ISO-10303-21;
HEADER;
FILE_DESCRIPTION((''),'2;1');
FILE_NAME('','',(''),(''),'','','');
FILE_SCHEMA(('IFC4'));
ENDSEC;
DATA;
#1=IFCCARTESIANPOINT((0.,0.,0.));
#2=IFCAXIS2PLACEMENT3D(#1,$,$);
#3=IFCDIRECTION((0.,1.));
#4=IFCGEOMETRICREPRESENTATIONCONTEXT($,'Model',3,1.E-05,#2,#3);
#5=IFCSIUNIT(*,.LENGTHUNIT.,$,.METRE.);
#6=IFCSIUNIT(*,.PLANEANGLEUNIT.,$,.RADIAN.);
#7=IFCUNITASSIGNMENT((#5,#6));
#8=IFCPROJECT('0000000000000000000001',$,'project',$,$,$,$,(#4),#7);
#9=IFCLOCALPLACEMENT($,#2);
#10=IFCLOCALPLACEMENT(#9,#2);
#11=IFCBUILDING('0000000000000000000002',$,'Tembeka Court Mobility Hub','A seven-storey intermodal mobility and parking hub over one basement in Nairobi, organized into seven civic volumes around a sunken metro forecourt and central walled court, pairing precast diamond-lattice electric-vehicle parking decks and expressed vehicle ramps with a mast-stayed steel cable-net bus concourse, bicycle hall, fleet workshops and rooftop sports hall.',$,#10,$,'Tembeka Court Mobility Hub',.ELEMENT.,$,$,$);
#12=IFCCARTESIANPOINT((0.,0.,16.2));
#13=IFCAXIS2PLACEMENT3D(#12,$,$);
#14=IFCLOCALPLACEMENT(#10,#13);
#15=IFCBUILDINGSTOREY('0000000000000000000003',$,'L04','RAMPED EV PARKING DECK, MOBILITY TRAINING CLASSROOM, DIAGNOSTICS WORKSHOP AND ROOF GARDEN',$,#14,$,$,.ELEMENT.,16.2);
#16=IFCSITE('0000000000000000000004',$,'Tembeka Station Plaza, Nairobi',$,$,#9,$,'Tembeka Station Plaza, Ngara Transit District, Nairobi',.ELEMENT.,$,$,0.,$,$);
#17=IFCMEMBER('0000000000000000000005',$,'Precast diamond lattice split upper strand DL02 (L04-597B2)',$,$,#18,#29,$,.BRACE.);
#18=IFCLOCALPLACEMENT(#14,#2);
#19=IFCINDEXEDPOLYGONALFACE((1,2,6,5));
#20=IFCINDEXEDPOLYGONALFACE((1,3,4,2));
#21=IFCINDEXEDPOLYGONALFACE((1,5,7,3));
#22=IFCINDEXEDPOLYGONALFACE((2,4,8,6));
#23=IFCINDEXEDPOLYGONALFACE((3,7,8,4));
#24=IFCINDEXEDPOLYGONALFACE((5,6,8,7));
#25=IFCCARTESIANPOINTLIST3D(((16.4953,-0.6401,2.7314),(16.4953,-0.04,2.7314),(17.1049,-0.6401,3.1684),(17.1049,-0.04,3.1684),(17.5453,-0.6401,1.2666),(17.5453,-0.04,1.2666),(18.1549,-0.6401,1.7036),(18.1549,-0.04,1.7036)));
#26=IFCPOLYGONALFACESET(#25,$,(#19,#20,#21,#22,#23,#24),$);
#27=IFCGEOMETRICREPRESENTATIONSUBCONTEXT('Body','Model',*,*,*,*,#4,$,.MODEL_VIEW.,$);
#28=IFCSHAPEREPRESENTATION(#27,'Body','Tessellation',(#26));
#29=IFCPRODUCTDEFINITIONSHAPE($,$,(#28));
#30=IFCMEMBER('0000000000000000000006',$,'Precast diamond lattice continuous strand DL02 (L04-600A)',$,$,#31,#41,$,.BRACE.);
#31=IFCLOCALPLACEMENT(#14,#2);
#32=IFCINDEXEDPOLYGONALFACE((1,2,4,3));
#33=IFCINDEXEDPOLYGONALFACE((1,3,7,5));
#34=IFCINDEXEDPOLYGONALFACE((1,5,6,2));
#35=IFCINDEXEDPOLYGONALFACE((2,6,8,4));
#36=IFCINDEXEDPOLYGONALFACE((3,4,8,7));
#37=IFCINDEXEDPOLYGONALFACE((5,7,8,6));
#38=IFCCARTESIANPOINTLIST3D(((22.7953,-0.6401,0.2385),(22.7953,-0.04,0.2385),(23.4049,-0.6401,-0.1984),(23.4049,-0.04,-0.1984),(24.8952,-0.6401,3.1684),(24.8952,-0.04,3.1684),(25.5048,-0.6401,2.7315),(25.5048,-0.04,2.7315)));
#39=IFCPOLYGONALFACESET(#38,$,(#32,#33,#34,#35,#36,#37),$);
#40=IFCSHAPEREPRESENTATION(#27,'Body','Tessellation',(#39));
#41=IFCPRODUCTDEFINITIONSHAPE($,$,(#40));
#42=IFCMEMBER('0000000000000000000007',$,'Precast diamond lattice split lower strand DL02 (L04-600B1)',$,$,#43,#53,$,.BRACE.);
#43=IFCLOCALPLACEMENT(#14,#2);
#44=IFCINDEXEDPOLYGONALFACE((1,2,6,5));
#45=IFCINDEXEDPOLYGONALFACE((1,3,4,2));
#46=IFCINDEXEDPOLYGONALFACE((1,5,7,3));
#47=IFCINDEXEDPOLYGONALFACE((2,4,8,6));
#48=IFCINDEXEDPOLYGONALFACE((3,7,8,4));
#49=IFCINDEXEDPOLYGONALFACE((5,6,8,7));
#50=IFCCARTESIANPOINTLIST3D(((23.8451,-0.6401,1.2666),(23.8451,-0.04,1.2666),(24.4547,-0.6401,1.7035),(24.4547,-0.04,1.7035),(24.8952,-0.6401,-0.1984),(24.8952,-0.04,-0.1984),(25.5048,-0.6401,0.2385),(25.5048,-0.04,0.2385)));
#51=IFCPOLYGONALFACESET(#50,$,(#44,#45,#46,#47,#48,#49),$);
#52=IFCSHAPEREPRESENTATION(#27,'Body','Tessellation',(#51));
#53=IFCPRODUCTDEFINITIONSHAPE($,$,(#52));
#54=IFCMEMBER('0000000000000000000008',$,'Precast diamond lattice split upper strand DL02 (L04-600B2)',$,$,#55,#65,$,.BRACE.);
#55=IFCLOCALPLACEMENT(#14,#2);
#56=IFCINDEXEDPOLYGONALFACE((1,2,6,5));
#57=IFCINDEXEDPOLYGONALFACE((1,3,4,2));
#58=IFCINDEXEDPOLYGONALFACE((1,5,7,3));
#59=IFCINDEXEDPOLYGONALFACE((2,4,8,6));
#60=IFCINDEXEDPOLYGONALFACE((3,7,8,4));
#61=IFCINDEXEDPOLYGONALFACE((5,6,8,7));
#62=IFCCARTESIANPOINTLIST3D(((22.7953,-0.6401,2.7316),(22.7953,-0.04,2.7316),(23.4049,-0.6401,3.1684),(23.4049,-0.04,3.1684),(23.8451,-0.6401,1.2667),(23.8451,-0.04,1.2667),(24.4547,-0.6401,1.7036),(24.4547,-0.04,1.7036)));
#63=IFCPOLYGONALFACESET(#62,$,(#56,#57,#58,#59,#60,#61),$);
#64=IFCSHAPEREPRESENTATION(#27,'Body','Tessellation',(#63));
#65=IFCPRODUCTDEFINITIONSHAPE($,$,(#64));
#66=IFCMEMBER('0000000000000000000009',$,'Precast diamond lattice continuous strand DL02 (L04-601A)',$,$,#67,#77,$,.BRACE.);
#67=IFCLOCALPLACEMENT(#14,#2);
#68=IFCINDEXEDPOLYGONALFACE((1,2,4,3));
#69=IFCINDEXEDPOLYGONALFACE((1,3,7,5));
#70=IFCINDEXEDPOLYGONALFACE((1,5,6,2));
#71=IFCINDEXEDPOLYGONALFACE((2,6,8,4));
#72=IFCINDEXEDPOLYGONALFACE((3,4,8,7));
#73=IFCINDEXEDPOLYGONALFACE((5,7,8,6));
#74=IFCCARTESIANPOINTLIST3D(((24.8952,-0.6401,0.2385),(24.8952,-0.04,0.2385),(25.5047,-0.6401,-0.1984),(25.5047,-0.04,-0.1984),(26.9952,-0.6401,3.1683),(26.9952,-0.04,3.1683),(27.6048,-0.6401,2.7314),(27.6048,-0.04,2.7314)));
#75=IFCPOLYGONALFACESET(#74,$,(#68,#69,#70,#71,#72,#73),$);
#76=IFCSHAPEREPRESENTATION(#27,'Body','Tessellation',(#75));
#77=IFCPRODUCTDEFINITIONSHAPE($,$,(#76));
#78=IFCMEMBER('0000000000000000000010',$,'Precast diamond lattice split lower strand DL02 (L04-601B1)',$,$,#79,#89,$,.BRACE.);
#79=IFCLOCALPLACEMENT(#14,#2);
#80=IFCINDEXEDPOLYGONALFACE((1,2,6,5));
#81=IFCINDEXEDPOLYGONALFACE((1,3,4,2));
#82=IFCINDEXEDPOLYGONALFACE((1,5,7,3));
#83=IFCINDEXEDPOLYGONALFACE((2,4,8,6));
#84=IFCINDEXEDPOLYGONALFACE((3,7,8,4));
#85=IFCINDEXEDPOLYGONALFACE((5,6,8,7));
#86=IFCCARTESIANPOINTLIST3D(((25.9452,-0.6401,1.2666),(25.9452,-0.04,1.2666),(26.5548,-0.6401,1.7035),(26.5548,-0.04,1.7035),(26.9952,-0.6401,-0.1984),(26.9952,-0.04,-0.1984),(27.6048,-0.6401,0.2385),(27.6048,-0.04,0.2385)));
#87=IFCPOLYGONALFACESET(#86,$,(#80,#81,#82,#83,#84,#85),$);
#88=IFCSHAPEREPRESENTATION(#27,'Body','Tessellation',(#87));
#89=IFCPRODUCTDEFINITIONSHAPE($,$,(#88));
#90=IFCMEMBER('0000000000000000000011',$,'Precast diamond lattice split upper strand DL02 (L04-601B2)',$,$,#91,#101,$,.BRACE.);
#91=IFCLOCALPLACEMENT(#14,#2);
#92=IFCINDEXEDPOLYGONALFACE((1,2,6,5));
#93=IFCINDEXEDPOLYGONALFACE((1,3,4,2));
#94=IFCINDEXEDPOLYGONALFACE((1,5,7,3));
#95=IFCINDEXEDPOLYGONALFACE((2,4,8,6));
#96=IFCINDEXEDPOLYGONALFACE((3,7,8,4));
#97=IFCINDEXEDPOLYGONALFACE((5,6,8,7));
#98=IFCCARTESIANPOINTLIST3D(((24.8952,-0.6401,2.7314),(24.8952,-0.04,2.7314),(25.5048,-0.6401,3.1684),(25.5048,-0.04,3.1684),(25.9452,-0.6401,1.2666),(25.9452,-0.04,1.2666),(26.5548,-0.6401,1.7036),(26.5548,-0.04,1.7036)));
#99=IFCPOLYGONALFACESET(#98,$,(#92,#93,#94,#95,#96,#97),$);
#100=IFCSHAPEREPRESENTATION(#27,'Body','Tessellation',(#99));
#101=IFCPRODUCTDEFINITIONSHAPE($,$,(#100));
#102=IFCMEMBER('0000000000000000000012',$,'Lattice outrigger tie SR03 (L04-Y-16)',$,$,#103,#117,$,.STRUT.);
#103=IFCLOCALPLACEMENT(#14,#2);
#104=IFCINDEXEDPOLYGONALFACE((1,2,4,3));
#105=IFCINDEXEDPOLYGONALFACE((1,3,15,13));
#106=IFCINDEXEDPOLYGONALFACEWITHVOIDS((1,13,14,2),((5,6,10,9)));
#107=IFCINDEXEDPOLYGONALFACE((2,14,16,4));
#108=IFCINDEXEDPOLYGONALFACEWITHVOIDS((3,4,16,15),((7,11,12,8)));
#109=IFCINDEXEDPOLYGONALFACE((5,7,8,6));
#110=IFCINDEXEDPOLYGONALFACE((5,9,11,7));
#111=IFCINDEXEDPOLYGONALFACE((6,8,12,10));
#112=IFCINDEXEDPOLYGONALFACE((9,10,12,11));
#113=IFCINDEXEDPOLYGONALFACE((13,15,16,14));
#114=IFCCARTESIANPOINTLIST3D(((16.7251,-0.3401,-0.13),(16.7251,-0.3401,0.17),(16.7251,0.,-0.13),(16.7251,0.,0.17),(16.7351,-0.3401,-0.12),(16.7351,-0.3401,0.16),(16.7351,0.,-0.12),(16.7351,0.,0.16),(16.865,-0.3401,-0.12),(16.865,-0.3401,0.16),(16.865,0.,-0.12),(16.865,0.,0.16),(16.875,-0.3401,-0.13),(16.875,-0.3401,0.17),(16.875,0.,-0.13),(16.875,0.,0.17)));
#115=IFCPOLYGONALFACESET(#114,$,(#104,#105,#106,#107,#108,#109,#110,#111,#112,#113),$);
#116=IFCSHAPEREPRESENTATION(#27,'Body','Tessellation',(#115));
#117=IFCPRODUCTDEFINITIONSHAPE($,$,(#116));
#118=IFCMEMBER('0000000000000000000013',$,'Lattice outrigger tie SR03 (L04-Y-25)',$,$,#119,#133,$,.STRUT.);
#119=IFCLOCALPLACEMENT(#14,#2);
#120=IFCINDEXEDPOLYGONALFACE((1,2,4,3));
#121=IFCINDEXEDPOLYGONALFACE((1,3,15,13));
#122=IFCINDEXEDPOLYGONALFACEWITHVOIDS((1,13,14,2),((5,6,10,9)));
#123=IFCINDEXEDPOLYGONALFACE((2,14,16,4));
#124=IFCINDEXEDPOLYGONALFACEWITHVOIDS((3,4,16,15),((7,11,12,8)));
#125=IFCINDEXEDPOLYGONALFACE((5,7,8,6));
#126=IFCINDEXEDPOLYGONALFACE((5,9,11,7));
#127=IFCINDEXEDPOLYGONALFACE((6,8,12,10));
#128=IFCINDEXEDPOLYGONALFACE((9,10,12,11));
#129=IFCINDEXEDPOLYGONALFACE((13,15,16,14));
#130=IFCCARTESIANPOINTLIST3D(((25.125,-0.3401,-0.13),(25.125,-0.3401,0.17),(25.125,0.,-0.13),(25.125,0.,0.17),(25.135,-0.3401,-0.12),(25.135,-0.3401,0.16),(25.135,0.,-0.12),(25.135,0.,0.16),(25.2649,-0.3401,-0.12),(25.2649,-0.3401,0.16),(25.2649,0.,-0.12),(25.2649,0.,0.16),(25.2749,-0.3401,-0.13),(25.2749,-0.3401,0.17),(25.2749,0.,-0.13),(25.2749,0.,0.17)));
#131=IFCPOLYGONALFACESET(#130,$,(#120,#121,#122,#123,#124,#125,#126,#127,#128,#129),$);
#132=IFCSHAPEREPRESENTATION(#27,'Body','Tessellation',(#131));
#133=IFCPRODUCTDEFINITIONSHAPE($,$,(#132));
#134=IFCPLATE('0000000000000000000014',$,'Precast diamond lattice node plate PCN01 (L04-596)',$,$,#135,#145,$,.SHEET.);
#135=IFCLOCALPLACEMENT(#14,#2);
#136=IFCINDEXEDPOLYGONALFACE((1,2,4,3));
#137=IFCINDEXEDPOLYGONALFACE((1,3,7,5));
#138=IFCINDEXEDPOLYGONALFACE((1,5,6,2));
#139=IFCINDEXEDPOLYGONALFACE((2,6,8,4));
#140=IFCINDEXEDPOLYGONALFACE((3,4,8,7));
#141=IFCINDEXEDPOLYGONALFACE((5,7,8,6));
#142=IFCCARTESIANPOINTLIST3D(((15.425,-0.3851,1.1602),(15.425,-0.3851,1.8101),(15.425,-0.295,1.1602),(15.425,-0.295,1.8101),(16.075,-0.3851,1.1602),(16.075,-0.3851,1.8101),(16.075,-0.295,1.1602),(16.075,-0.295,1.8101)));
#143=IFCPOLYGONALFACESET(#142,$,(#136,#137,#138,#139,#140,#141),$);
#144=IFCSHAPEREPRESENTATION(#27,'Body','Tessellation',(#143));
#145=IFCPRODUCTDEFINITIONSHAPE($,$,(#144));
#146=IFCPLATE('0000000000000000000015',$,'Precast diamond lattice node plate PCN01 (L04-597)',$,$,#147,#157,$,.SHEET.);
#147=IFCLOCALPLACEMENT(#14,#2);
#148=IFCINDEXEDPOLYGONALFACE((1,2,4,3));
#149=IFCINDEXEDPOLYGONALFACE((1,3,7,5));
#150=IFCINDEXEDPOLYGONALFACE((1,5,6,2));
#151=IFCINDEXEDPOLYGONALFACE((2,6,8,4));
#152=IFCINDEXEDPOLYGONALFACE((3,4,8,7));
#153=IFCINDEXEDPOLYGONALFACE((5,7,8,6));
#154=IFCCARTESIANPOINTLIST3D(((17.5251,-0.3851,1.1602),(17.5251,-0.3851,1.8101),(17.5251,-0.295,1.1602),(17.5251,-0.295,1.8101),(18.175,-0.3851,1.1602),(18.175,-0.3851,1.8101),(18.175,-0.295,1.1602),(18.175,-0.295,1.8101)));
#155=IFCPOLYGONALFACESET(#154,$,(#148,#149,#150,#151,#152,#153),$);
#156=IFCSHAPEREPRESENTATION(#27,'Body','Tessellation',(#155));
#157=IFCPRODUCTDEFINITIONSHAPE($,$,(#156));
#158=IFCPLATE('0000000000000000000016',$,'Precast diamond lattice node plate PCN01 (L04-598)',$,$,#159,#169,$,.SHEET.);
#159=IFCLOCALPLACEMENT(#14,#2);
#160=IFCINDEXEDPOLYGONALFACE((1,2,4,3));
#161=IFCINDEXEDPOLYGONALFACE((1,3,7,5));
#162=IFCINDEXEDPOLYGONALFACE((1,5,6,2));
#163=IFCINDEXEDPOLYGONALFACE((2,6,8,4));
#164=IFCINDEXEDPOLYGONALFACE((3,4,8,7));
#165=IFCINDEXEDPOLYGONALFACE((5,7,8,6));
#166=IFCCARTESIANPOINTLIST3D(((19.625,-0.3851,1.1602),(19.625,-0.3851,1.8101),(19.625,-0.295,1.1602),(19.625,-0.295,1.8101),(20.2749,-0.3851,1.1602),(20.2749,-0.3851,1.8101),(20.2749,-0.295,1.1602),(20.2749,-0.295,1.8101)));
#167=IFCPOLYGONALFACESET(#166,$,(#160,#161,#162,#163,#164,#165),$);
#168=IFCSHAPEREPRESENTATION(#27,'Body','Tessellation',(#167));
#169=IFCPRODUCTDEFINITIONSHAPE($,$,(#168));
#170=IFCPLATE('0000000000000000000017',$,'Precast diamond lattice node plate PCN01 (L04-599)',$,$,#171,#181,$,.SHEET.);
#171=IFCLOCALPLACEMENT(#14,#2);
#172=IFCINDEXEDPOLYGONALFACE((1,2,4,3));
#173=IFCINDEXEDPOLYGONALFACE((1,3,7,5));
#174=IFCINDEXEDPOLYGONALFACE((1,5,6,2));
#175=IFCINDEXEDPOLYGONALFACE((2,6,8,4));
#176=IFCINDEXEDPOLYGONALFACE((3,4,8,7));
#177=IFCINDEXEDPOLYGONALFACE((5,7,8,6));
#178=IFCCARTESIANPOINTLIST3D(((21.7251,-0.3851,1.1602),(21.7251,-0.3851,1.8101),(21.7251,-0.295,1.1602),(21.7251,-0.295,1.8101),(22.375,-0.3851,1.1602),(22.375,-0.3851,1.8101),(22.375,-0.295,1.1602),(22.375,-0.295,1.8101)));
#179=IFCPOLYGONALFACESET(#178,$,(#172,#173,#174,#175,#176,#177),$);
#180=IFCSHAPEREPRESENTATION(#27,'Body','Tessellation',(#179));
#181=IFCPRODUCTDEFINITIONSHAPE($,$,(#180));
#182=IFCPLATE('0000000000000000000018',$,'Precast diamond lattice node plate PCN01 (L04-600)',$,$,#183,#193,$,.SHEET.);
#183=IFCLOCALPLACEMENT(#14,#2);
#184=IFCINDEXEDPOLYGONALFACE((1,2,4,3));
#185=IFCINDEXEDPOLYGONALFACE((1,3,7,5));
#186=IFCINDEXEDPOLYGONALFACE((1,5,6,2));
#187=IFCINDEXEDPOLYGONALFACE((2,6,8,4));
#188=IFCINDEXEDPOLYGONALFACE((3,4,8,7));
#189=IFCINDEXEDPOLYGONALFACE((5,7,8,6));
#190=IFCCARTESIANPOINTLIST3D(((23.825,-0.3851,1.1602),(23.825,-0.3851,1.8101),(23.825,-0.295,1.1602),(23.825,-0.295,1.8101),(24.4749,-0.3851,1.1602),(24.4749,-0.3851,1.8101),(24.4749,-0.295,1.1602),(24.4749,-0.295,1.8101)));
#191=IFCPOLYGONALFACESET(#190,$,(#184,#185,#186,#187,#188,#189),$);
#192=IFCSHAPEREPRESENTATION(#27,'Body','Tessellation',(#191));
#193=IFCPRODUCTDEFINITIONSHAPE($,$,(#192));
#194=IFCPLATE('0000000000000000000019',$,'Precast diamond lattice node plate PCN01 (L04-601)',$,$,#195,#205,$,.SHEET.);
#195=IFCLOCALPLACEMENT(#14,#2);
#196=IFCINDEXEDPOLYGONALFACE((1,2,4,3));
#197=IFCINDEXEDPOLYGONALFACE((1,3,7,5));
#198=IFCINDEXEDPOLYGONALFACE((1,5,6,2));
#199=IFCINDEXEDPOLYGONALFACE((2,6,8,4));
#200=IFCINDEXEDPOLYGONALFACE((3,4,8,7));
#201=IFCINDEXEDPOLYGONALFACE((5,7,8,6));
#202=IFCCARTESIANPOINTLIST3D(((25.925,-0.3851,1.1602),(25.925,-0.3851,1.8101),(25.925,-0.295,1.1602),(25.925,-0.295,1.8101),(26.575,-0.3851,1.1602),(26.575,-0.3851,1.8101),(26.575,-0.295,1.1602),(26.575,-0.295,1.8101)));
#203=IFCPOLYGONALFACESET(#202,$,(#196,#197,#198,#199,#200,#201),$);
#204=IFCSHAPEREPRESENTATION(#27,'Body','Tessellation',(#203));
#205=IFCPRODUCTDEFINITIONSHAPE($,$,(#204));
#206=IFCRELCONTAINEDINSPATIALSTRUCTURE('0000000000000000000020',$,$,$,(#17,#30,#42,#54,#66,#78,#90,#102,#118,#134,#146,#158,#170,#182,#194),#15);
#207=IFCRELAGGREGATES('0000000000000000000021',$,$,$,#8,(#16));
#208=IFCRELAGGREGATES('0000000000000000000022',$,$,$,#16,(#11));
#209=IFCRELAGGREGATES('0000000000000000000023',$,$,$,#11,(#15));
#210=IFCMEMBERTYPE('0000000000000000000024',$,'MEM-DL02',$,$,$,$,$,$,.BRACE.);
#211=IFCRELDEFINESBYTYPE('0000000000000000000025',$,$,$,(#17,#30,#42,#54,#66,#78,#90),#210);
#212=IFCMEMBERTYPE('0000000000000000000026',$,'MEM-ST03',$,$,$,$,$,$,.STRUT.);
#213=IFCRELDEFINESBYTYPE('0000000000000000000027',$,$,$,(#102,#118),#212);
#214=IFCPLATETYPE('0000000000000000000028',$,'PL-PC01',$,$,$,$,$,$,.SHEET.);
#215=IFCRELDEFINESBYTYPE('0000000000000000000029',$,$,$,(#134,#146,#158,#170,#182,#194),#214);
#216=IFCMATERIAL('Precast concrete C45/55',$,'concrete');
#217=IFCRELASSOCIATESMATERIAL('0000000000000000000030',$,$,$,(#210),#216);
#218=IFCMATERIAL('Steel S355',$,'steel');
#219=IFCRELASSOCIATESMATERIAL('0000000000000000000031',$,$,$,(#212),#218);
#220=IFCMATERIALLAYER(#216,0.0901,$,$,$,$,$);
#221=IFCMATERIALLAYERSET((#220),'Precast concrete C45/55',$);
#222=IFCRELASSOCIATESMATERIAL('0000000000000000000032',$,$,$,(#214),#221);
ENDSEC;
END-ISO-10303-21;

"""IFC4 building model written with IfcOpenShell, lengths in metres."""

from ifc_helpers import new_model, si_unit, direction, frame, origin, origin_2d, place, context, subcontext, project, spatial, rectangle, hollow_rectangle, extrude, material, layer, layer_set, material_profile, profile_set, type_object, element, save


model = new_model("IFC4")

# Units and contexts
model_context = context("Model", 3, precision=1e-05, world=origin(), true_north=direction((0.0, 1.0)))
body_context = subcontext(model_context, "Body", "Model", "MODEL_VIEW")
ifc_project = project(units=[si_unit("LENGTHUNIT", "METRE"), si_unit("PLANEANGLEUNIT", "RADIAN")], contexts=[model_context])

# Site, building, storey
site_placement = place(None, origin())
site = spatial("IfcSite", under=ifc_project, at=site_placement, Name="Tembeka Station Plaza, Nairobi", LongName="Tembeka Station Plaza, Ngara Transit District, Nairobi", CompositionType="ELEMENT", RefElevation=0.0)
building_placement = place(site_placement, origin())
building = spatial("IfcBuilding", under=site, at=building_placement, Name="Tembeka Court Mobility Hub", Description="A seven-storey intermodal mobility and parking hub over one basement in Nairobi, organized into seven civic volumes around a sunken metro forecourt and central walled court, pairing precast diamond-lattice electric-vehicle parking decks and expressed vehicle ramps with a mast-stayed steel cable-net bus concourse, bicycle hall, fleet workshops and rooftop sports hall.", LongName="Tembeka Court Mobility Hub", CompositionType="ELEMENT")
storey_placement = place(building_placement, frame((0.0, 0.0, 16.2)))
storey = spatial("IfcBuildingStorey", under=building, at=storey_placement, Name="L04", Description="RAMPED EV PARKING DECK, MOBILITY TRAINING CLASSROOM, DIAGNOSTICS WORKSHOP AND ROOF GARDEN", CompositionType="ELEMENT", Elevation=16.2)

# Shared definitions
ifc_material_1 = material(Name="Steel S355", Category="steel")

# Shared definitions
ifc_material_2 = material(Name="Precast concrete C45/55", Category="concrete")

# Members
ifc_material_profile_1 = material_profile(ifc_material_2, rectangle(XDim=0.6001, YDim=0.75, at=origin_2d()), Name="PC-DIAG 600x750")
ifc_profile_set_1 = profile_set([ifc_material_profile_1], Name="Precast concrete C45/55")
member_type_1 = type_object("IfcMemberType", Name="MEM-DL02", PredefinedType="BRACE", material=ifc_profile_set_1)
member_1_placement = place(storey_placement, frame((17.8501, -0.3401, 1.4851), z_axis=(-0.582608, 0.0, 0.812753), x_axis=(0.0, -1.0, 0.0)))
element("IfcMember", 1, at=member_1_placement, inside=storey, type_object=member_type_1, Name="Precast diamond lattice split upper strand DL02 (L04-597B2)", PredefinedType="BRACE", context=body_context, shape_type="SweptSolid", body=[
    extrude(rectangle(XDim=0.6001, YDim=0.75, at=origin_2d()), origin(), (0.0, 0.0, 1.0), 1.8022),
])
member_2_placement = place(storey_placement, frame((23.1001, -0.3401, 0.02), z_axis=(0.582532, 0.0, 0.812808), x_axis=(0.0, 1.0, 0.0)))
element("IfcMember", 2, at=member_2_placement, inside=storey, type_object=member_type_1, Name="Precast diamond lattice continuous strand DL02 (L04-600A)", PredefinedType="BRACE", context=body_context, shape_type="SweptSolid", body=[
    extrude(rectangle(XDim=0.6001, YDim=0.75, at=origin_2d()), origin(), (0.0, 0.0, 1.0), 3.6047),
])
member_3_placement = place(storey_placement, frame((25.2, -0.3401, 0.02), z_axis=(-0.582544, 0.0, 0.812799), x_axis=(0.0, -1.0, 0.0)))
element("IfcMember", 3, at=member_3_placement, inside=storey, type_object=member_type_1, Name="Precast diamond lattice split lower strand DL02 (L04-600B1)", PredefinedType="BRACE", context=body_context, shape_type="SweptSolid", body=[
    extrude(rectangle(XDim=0.6001, YDim=0.75, at=origin_2d()), origin(), (0.0, 0.0, 1.0), 1.8025),
])
member_4_placement = place(storey_placement, frame((24.1499, -0.3401, 1.4851), z_axis=(-0.582519, 0.0, 0.812817), x_axis=(0.0, -1.0, 0.0)))
element("IfcMember", 4, at=member_4_placement, inside=storey, type_object=member_type_1, Name="Precast diamond lattice split upper strand DL02 (L04-600B2)", PredefinedType="BRACE", context=body_context, shape_type="SweptSolid", body=[
    extrude(rectangle(XDim=0.6001, YDim=0.75, at=origin_2d()), origin(), (0.0, 0.0, 1.0), 1.8022),
])
member_5_placement = place(storey_placement, frame((25.2, -0.3401, 0.02), z_axis=(0.582576, 0.0, 0.812776), x_axis=(0.0, 1.0, 0.0)))
element("IfcMember", 5, at=member_5_placement, inside=storey, type_object=member_type_1, Name="Precast diamond lattice continuous strand DL02 (L04-601A)", PredefinedType="BRACE", context=body_context, shape_type="SweptSolid", body=[
    extrude(rectangle(XDim=0.6001, YDim=0.75, at=origin_2d()), origin(), (0.0, 0.0, 1.0), 3.6047),
])
member_6_placement = place(storey_placement, frame((27.3, -0.3401, 0.02), z_axis=(-0.582544, 0.0, 0.812799), x_axis=(0.0, -1.0, 0.0)))
element("IfcMember", 6, at=member_6_placement, inside=storey, type_object=member_type_1, Name="Precast diamond lattice split lower strand DL02 (L04-601B1)", PredefinedType="BRACE", context=body_context, shape_type="SweptSolid", body=[
    extrude(rectangle(XDim=0.6001, YDim=0.75, at=origin_2d()), origin(), (0.0, 0.0, 1.0), 1.8025),
])
member_7_placement = place(storey_placement, frame((26.25, -0.3401, 1.4851), z_axis=(-0.582608, 0.0, 0.812753), x_axis=(0.0, -1.0, 0.0)))
element("IfcMember", 7, at=member_7_placement, inside=storey, type_object=member_type_1, Name="Precast diamond lattice split upper strand DL02 (L04-601B2)", PredefinedType="BRACE", context=body_context, shape_type="SweptSolid", body=[
    extrude(rectangle(XDim=0.6001, YDim=0.75, at=origin_2d()), origin(), (0.0, 0.0, 1.0), 1.8022),
])
ifc_material_profile_2 = material_profile(ifc_material_1, hollow_rectangle(XDim=0.1499, YDim=0.3, WallThickness=0.01, at=origin_2d()), Name="RHS 300x150x10")
ifc_profile_set_2 = profile_set([ifc_material_profile_2], Name="Steel S355")
member_type_2 = type_object("IfcMemberType", Name="MEM-ST03", PredefinedType="STRUT", material=ifc_profile_set_2)
for number, where, z_axis, x_axis, name in (
    (8, (16.8, 0.0, 0.02), (0.0, -1.0, 0.0), (1.0, 0.0, 0.0), "Lattice outrigger tie SR03 (L04-Y-16)"),
    (9, (25.2, 0.0, 0.02), (0.0, -1.0, 0.0), (1.0, 0.0, 0.0), "Lattice outrigger tie SR03 (L04-Y-25)"),
):
    element("IfcMember", number, at=place(storey_placement, frame(where, z_axis=z_axis, x_axis=x_axis)), inside=storey, type_object=member_type_2, Name=name, PredefinedType="STRUT", context=body_context, shape_type="SweptSolid", body=[
        extrude(hollow_rectangle(XDim=0.1499, YDim=0.3, WallThickness=0.01, at=origin_2d()), origin(), (0.0, 0.0, 1.0), 0.3401),
    ])

# Plates
ifc_layer_1 = layer(ifc_material_2, 0.0901)
ifc_layer_set_1 = layer_set([ifc_layer_1], Name="Precast concrete C45/55")
plate_type = type_object("IfcPlateType", Name="PL-PC01", PredefinedType="SHEET", material=ifc_layer_set_1)
for number, where, z_axis, x_axis, name in (
    (10, (15.75, -0.3401, 1.1602), (0.0, 0.0, 1.0), (1.0, 0.0, 0.0), "Precast diamond lattice node plate PCN01 (L04-596)"),
    (11, (17.8501, -0.3401, 1.1602), (0.0, 0.0, 1.0), (1.0, 0.0, 0.0), "Precast diamond lattice node plate PCN01 (L04-597)"),
    (12, (19.95, -0.3401, 1.1602), (0.0, 0.0, 1.0), (1.0, 0.0, 0.0), "Precast diamond lattice node plate PCN01 (L04-598)"),
    (13, (22.05, -0.3401, 1.1602), (0.0, 0.0, 1.0), (1.0, 0.0, 0.0), "Precast diamond lattice node plate PCN01 (L04-599)"),
    (14, (24.1499, -0.3401, 1.1602), (0.0, 0.0, 1.0), (1.0, 0.0, 0.0), "Precast diamond lattice node plate PCN01 (L04-600)"),
    (15, (26.25, -0.3401, 1.1602), (0.0, 0.0, 1.0), (1.0, 0.0, 0.0), "Precast diamond lattice node plate PCN01 (L04-601)"),
):
    element("IfcPlate", number, at=place(storey_placement, frame(where, z_axis=z_axis, x_axis=x_axis)), inside=storey, type_object=plate_type, Name=name, PredefinedType="SHEET", context=body_context, shape_type="SweptSolid", body=[
        extrude(rectangle(XDim=0.6499, YDim=0.0901, at=origin_2d()), origin(), (0.0, 0.0, 1.0), 0.6499),
    ])

save(model, "model.ifc")
